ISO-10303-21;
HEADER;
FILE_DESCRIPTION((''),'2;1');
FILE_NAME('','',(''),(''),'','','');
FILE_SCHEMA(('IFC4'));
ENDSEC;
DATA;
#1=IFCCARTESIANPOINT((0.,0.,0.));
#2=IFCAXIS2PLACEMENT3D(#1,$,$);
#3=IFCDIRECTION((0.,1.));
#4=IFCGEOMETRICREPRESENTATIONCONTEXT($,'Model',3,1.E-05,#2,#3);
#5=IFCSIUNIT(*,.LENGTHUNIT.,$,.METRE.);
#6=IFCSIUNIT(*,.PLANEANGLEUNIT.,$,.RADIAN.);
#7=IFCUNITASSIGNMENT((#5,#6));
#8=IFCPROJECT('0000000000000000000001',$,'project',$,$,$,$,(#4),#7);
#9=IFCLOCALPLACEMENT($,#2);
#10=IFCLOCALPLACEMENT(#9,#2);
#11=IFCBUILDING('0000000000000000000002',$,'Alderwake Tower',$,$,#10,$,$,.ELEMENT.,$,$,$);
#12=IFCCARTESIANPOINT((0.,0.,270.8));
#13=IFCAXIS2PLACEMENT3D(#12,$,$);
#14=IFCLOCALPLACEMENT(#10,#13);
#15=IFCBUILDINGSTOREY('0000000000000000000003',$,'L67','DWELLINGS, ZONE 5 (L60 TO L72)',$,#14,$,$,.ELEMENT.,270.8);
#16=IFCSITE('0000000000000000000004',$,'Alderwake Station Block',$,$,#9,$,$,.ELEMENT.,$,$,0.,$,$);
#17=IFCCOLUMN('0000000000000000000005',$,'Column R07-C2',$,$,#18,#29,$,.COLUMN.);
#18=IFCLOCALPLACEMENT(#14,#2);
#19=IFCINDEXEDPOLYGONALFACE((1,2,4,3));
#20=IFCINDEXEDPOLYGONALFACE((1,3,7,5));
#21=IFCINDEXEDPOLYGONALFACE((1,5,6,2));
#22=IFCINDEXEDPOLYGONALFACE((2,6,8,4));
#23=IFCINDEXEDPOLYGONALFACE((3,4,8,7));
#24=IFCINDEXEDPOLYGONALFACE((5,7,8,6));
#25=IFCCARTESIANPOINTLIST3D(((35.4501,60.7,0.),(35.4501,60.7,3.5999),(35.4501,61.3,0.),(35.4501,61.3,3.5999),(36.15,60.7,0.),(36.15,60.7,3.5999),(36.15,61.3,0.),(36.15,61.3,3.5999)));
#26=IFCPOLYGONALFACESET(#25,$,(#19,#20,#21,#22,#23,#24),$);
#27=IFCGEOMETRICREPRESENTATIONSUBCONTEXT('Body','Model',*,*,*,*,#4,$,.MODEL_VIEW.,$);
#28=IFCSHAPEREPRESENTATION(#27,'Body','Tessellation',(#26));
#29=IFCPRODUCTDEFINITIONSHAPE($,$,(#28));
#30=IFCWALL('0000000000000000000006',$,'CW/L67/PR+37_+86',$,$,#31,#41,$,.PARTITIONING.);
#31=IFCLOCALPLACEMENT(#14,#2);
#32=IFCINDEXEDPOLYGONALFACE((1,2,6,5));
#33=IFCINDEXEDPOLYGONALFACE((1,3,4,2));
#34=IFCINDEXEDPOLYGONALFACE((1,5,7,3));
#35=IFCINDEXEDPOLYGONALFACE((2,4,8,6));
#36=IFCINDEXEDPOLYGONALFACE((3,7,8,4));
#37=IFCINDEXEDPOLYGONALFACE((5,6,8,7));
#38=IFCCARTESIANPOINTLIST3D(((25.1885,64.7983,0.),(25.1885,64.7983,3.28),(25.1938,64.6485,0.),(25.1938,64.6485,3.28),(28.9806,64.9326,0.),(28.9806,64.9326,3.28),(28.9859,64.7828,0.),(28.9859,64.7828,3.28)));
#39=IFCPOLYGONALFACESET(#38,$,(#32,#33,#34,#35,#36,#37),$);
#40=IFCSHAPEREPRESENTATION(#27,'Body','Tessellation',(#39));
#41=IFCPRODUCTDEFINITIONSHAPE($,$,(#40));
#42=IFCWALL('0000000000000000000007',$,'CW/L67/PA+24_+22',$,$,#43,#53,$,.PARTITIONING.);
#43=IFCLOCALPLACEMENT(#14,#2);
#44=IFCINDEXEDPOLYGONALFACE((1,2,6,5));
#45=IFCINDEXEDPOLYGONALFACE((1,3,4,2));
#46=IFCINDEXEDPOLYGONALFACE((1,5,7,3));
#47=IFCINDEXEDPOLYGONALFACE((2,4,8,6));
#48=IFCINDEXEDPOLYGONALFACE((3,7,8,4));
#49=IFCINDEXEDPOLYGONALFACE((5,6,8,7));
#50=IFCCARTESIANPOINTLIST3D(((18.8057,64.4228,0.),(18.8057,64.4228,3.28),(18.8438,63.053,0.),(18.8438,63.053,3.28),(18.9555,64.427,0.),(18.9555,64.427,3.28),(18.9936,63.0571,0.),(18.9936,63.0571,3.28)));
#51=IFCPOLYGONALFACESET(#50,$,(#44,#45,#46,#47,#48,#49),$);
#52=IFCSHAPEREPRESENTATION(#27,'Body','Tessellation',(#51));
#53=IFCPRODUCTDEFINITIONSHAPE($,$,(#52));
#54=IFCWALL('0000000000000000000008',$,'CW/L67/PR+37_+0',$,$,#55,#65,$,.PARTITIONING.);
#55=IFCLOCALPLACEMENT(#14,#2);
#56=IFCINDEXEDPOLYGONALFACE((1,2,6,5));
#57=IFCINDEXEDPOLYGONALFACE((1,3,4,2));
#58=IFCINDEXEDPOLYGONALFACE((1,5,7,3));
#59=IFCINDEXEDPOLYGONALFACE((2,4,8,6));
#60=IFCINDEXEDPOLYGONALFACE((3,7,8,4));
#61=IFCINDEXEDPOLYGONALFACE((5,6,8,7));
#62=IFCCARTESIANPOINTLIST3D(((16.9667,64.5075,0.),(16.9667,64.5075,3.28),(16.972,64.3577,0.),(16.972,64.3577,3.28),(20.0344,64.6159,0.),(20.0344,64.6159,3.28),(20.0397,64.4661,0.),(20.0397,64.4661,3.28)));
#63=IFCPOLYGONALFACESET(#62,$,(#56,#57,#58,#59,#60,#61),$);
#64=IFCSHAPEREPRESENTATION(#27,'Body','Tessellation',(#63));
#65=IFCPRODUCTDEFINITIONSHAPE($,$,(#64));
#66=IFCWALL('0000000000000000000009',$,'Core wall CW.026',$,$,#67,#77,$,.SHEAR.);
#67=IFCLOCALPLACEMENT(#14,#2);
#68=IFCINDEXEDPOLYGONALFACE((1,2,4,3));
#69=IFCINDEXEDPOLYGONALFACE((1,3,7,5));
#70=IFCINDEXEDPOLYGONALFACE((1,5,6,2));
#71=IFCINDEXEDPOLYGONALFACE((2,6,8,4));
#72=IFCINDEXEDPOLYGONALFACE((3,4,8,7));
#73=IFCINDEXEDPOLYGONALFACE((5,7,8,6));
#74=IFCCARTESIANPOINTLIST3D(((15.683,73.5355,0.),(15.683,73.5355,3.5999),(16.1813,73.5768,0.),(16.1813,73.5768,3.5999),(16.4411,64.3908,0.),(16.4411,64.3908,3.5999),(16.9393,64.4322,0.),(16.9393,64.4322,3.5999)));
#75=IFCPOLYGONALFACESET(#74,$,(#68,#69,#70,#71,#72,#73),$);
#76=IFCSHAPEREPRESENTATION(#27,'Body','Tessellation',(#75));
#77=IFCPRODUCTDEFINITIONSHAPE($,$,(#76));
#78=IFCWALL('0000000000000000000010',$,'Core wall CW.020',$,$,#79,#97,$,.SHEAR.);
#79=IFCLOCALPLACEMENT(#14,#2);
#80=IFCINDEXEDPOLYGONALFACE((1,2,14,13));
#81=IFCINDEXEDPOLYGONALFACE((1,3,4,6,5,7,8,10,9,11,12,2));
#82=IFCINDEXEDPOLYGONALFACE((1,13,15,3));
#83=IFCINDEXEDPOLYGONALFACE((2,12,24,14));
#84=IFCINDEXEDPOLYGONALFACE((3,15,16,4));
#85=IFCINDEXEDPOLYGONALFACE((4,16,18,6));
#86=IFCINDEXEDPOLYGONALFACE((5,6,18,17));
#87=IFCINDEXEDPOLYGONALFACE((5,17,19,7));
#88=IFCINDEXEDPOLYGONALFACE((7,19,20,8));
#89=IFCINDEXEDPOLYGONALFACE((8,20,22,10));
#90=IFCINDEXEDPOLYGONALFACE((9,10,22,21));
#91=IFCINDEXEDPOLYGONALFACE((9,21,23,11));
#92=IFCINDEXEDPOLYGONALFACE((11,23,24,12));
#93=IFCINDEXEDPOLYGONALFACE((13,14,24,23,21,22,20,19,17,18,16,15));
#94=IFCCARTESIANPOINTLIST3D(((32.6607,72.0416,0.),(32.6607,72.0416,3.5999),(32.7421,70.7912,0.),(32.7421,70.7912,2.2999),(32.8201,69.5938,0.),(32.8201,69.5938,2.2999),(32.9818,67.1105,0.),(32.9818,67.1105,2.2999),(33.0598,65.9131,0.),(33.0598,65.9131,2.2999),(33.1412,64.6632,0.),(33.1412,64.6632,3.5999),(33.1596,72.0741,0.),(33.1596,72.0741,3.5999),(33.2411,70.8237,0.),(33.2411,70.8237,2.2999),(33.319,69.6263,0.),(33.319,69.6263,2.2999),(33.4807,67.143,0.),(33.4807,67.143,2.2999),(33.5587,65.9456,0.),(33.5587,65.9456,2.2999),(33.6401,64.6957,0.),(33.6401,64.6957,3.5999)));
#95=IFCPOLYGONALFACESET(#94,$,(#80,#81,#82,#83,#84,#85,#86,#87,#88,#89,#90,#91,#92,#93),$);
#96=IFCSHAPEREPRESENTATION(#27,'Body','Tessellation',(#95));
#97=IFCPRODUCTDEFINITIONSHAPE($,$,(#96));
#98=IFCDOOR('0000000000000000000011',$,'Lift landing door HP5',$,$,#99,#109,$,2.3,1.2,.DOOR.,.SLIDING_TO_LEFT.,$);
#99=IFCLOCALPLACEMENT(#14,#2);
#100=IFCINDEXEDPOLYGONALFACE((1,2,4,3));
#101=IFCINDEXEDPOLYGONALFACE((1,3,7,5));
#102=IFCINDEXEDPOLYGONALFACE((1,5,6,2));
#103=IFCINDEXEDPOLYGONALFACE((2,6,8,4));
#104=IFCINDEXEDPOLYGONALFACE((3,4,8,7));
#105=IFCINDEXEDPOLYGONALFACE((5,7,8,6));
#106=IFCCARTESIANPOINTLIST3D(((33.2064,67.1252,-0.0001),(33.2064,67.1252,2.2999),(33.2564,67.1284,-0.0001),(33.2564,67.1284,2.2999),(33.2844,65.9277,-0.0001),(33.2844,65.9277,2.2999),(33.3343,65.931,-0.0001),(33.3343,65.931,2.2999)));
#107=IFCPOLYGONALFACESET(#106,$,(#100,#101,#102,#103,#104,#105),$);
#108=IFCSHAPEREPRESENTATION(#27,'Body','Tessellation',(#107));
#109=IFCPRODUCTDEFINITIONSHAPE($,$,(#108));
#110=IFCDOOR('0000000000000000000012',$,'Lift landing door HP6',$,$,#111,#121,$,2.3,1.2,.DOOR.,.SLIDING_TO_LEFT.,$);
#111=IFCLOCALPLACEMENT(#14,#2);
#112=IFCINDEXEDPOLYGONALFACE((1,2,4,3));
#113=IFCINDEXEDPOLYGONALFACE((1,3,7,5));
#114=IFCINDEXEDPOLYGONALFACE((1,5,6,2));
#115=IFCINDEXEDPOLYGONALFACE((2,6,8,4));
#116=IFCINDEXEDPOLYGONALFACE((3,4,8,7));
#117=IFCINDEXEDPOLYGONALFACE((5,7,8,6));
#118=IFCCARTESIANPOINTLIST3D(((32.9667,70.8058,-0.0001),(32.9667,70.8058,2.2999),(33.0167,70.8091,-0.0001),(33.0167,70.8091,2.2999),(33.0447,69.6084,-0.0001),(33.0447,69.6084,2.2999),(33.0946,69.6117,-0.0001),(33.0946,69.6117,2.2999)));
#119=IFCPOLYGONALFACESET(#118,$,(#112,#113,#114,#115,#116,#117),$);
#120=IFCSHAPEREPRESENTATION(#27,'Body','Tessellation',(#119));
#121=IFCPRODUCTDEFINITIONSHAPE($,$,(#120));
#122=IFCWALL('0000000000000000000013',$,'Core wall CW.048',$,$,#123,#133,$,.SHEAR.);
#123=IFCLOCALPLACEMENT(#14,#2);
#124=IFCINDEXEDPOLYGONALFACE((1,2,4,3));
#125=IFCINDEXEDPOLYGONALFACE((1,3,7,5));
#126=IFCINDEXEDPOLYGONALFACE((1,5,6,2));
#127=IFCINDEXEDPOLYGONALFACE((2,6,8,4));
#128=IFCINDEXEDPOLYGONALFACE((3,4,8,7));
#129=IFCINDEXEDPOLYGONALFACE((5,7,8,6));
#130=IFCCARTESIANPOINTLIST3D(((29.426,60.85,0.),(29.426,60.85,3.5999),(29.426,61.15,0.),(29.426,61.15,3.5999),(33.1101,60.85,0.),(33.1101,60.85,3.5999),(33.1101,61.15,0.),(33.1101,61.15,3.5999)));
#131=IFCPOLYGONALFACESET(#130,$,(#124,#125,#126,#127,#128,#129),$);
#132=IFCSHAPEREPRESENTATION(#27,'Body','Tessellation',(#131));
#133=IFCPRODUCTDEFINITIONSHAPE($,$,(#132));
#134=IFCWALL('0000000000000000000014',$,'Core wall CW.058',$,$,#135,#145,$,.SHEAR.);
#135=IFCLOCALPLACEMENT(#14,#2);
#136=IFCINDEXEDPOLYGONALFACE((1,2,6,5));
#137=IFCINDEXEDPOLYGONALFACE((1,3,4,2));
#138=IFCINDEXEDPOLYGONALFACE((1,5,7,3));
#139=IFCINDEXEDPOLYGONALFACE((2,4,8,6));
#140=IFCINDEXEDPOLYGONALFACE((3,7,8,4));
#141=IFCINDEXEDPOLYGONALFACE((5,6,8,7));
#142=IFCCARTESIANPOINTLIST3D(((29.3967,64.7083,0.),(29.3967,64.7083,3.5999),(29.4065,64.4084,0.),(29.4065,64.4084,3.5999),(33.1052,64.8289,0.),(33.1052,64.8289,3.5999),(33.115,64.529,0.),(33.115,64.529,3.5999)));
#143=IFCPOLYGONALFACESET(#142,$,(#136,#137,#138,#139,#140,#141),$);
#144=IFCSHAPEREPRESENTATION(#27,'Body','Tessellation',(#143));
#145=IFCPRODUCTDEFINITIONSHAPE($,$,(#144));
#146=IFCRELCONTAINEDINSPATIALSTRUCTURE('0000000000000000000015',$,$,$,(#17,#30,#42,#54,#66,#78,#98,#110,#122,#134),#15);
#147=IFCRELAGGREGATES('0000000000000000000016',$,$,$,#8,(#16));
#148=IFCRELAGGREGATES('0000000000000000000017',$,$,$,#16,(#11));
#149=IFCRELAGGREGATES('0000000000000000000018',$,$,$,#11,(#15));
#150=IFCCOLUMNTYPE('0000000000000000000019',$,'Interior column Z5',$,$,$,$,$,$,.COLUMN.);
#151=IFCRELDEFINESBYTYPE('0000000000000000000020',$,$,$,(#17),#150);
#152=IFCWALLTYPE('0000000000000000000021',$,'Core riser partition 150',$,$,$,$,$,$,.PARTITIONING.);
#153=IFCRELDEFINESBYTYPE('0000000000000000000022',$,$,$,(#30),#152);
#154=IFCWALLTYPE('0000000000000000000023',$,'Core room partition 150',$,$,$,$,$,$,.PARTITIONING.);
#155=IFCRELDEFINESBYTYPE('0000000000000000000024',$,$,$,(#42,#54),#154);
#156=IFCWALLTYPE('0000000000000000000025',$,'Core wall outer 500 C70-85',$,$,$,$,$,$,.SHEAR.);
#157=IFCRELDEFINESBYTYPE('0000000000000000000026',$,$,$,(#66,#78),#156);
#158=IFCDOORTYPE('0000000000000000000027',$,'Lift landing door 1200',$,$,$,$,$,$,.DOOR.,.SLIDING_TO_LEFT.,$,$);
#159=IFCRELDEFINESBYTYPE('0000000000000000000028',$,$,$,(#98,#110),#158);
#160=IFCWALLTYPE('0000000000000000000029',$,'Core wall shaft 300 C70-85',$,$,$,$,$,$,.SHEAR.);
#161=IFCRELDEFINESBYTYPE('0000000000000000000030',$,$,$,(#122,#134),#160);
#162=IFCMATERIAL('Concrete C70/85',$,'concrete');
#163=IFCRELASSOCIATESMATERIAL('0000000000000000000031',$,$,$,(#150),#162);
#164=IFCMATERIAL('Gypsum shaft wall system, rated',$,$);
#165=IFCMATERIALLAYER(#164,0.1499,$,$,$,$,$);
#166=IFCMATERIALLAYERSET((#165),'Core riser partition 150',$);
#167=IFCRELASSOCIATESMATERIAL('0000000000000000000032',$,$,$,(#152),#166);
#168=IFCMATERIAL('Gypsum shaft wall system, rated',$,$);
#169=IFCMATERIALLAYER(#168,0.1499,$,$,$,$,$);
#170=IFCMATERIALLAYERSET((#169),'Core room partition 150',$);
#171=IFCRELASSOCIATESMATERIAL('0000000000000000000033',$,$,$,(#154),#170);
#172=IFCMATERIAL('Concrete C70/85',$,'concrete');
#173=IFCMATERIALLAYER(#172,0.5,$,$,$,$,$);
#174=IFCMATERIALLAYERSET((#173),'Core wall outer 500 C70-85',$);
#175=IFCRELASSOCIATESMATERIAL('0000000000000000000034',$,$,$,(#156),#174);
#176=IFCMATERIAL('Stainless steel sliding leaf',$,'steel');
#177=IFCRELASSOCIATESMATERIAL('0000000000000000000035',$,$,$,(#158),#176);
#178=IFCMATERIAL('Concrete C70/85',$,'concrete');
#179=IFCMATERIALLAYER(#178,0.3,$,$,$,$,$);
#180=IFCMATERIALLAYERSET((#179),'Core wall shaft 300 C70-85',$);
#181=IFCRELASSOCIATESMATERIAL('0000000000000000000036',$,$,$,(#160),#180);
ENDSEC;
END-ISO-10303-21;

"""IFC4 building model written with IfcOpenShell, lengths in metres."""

from ifc_helpers import new_model, si_unit, direction, frame, frame_2d, origin, origin_2d, place, context, subcontext, project, spatial, rectangle, extrude, material, layer, layer_set, material_profile, profile_set, type_object, element, fill, save


model = new_model("IFC4")

# Units and contexts
model_context = context("Model", 3, precision=1e-05, world=origin(), true_north=direction((0.0, 1.0)))
body_context = subcontext(model_context, "Body", "Model", "MODEL_VIEW")
ifc_project = project(units=[si_unit("LENGTHUNIT", "METRE"), si_unit("PLANEANGLEUNIT", "RADIAN")], contexts=[model_context])

# Site, building, storey
site_placement = place(None, origin())
site = spatial("IfcSite", under=ifc_project, at=site_placement, Name="Alderwake Station Block", CompositionType="ELEMENT", RefElevation=0.0)
building_placement = place(site_placement, origin())
building = spatial("IfcBuilding", under=site, at=building_placement, Name="Alderwake Tower", CompositionType="ELEMENT")
storey_placement = place(building_placement, frame((0.0, 0.0, 270.8)))
storey = spatial("IfcBuildingStorey", under=building, at=storey_placement, Name="L67", Description="DWELLINGS, ZONE 5 (L60 TO L72)", CompositionType="ELEMENT", Elevation=270.8)

# Column
ifc_material_1 = material(Name="Concrete C70/85", Category="concrete")
ifc_material_profile = material_profile(ifc_material_1, rectangle(XDim=0.6001, YDim=0.7, at=origin_2d()), Name="RC 700X600")
ifc_profile_set = profile_set([ifc_material_profile], Name="Concrete C70/85")
column_type = type_object("IfcColumnType", Name="Interior column Z5", PredefinedType="COLUMN", material=ifc_profile_set)
column_placement = place(storey_placement, frame((35.8, 61.0, 0.0), z_axis=(0.0, 0.0, 1.0), x_axis=(0.0, 1.0, 0.0)))
element("IfcColumn", 1, at=column_placement, inside=storey, type_object=column_type, Name="Column R07-C2", PredefinedType="COLUMN", context=body_context, shape_type="SweptSolid", body=[
    extrude(rectangle(XDim=0.6001, YDim=0.7, at=origin_2d()), origin(), (0.0, 0.0, 1.0), 3.5999),
])

# Walls
ifc_material_2 = material(Name="Gypsum shaft wall system, rated")
ifc_layer_1 = layer(ifc_material_2, 0.1499)
ifc_layer_set_1 = layer_set([ifc_layer_1], Name="Core riser partition 150")
wall_type_1 = type_object("IfcWallType", Name="Core riser partition 150", PredefinedType="PARTITIONING", material=ifc_layer_set_1)
wall_1_placement = place(storey_placement, frame((25.1912, 64.7234, 0.0), z_axis=(0.0, 0.0, 1.0), x_axis=(0.999374, 0.035389, 0.0)))
element("IfcWall", 2, at=wall_1_placement, inside=storey, type_object=wall_type_1, Name="CW/L67/PR+37_+86", PredefinedType="PARTITIONING", context=body_context, shape_type="SweptSolid", body=[
    extrude(rectangle(XDim=3.7944, YDim=0.1499, at=frame_2d((1.8972, 0.0))), origin(), (0.0, 0.0, 1.0), 3.28),
])
ifc_material_3 = material(Name="Gypsum shaft wall system, rated")
ifc_layer_2 = layer(ifc_material_3, 0.1499)
ifc_layer_set_2 = layer_set([ifc_layer_2], Name="Core room partition 150")
wall_type_2 = type_object("IfcWallType", Name="Core room partition 150", PredefinedType="PARTITIONING", material=ifc_layer_set_2)
wall_2_placement = place(storey_placement, frame((18.9187, 63.0552, 0.0), z_axis=(0.0, 0.0, 1.0), x_axis=(-0.027792, 0.999614, 0.0)))
element("IfcWall", 3, at=wall_2_placement, inside=storey, type_object=wall_type_2, Name="CW/L67/PA+24_+22", PredefinedType="PARTITIONING", context=body_context, shape_type="SweptSolid", body=[
    extrude(rectangle(XDim=1.3704, YDim=0.1499, at=frame_2d((0.6851, 0.0))), origin(), (0.0, 0.0, 1.0), 3.28),
])
wall_3_placement = place(storey_placement, frame((16.9695, 64.4326, 0.0), z_axis=(0.0, 0.0, 1.0), x_axis=(0.999376, 0.035314, 0.0)))
element("IfcWall", 4, at=wall_3_placement, inside=storey, type_object=wall_type_2, Name="CW/L67/PR+37_+0", PredefinedType="PARTITIONING", context=body_context, shape_type="SweptSolid", body=[
    extrude(rectangle(XDim=3.0696, YDim=0.1499, at=frame_2d((1.5347, 0.0))), origin(), (0.0, 0.0, 1.0), 3.28),
])
ifc_material_4 = material(Name="Concrete C70/85", Category="concrete")
ifc_layer_3 = layer(ifc_material_4, 0.5)
ifc_layer_set_3 = layer_set([ifc_layer_3], Name="Core wall outer 500 C70-85")
wall_type_3 = type_object("IfcWallType", Name="Core wall outer 500 C70-85", PredefinedType="SHEAR", material=ifc_layer_set_3)
wall_4_placement = place(storey_placement, frame((16.6902, 64.4116, 0.0), z_axis=(0.0, 0.0, 1.0), x_axis=(-0.082612, 0.996582, 0.0)))
element("IfcWall", 5, at=wall_4_placement, inside=storey, type_object=wall_type_3, Name="Core wall CW.026", PredefinedType="SHEAR", context=body_context, shape_type="SweptSolid", body=[
    extrude(rectangle(XDim=9.176, YDim=0.5, at=frame_2d((4.5879, 0.0))), origin(), (0.0, 0.0, 1.0), 3.5999),
])

# Wall, openings, doors
wall_5_placement = place(storey_placement, frame((33.3906, 64.6794, 0.0), z_axis=(0.0, 0.0, 1.0), x_axis=(-0.064981, 0.997887, 0.0)))
wall_5 = element("IfcWall", 6, at=wall_5_placement, inside=storey, type_object=wall_type_3, Name="Core wall CW.020", PredefinedType="SHEAR", context=body_context, shape_type="SweptSolid", body=[
    extrude(rectangle(XDim=7.394, YDim=0.5, at=frame_2d((3.697, 0.0))), origin(), (0.0, 0.0, 1.0), 3.5999),
])
opening_1_placement = place(wall_5_placement, frame((1.2524, 0.0, 0.0)))
opening_1 = element("IfcOpeningElement", 7, at=opening_1_placement, cuts=wall_5, PredefinedType="OPENING", context=body_context, shape_type="SweptSolid", body=[
    extrude(rectangle(XDim=1.2, YDim=2.3, at=frame_2d((0.6001, 1.1499))), frame((0.0, 0.26, 0.0), z_axis=(0.0, -1.0, 0.0), x_axis=(1.0, 0.0, 0.0)), (0.0, 0.0, 1.0), 0.52),
])
opening_2_placement = place(wall_5_placement, frame((4.9409, 0.0, 0.0)))
opening_2 = element("IfcOpeningElement", 8, at=opening_2_placement, cuts=wall_5, PredefinedType="OPENING", context=body_context, shape_type="SweptSolid", body=[
    extrude(rectangle(XDim=1.2, YDim=2.3, at=frame_2d((0.6001, 1.1499))), frame((0.0, 0.26, 0.0), z_axis=(0.0, -1.0, 0.0), x_axis=(1.0, 0.0, 0.0)), (0.0, 0.0, 1.0), 0.52),
])
ifc_material_5 = material(Name="Stainless steel sliding leaf", Category="steel")
door_type_1 = type_object("IfcDoorType", Name="Lift landing door 1200", OperationType="SLIDING_TO_LEFT", PredefinedType="DOOR", material=ifc_material_5)
door_1_placement = place(opening_1_placement, origin())
door_1 = element("IfcDoor", 9, at=door_1_placement, inside=storey, type_object=door_type_1, Name="Lift landing door HP5", OperationType="SLIDING_TO_LEFT", OverallHeight=2.3, OverallWidth=1.2, PredefinedType="DOOR", context=body_context, shape_type="SweptSolid", body=[
    extrude(rectangle(XDim=1.2, YDim=2.3, at=frame_2d((0.6001, 1.1499))), frame((0.0, 0.0249, 0.0), z_axis=(0.0, -1.0, 0.0), x_axis=(1.0, 0.0, 0.0)), (0.0, 0.0, 1.0), 0.05),
])
fill(opening_1, door_1)
door_2_placement = place(opening_2_placement, origin())
door_2 = element("IfcDoor", 10, at=door_2_placement, inside=storey, type_object=door_type_1, Name="Lift landing door HP6", OperationType="SLIDING_TO_LEFT", OverallHeight=2.3, OverallWidth=1.2, PredefinedType="DOOR", context=body_context, shape_type="SweptSolid", body=[
    extrude(rectangle(XDim=1.2, YDim=2.3, at=frame_2d((0.6001, 1.1499))), frame((0.0, 0.0249, 0.0), z_axis=(0.0, -1.0, 0.0), x_axis=(1.0, 0.0, 0.0)), (0.0, 0.0, 1.0), 0.05),
])
fill(opening_2, door_2)

# Walls
ifc_material_6 = material(Name="Concrete C70/85", Category="concrete")
ifc_layer_4 = layer(ifc_material_6, 0.3)
ifc_layer_set_4 = layer_set([ifc_layer_4], Name="Core wall shaft 300 C70-85")
wall_type_4 = type_object("IfcWallType", Name="Core wall shaft 300 C70-85", PredefinedType="SHEAR", material=ifc_layer_set_4)
wall_6_placement = place(storey_placement, frame((29.426, 61.0, 0.0), z_axis=(0.0, 0.0, 1.0), x_axis=(1.0, 0.0, 0.0)))
element("IfcWall", 11, at=wall_6_placement, inside=storey, type_object=wall_type_4, Name="Core wall CW.048", PredefinedType="SHEAR", context=body_context, shape_type="SweptSolid", body=[
    extrude(rectangle(XDim=3.6841, YDim=0.3, at=frame_2d((1.842, 0.0))), origin(), (0.0, 0.0, 1.0), 3.5999),
])
wall_7_placement = place(storey_placement, frame((29.4016, 64.5583, 0.0), z_axis=(0.0, 0.0, 1.0), x_axis=(0.999472, 0.032504, 0.0)))
element("IfcWall", 12, at=wall_7_placement, inside=storey, type_object=wall_type_4, Name="Core wall CW.058", PredefinedType="SHEAR", context=body_context, shape_type="SweptSolid", body=[
    extrude(rectangle(XDim=3.7104, YDim=0.3, at=frame_2d((1.8552, 0.0))), origin(), (0.0, 0.0, 1.0), 3.5999),
])

save(model, "model.ifc")
